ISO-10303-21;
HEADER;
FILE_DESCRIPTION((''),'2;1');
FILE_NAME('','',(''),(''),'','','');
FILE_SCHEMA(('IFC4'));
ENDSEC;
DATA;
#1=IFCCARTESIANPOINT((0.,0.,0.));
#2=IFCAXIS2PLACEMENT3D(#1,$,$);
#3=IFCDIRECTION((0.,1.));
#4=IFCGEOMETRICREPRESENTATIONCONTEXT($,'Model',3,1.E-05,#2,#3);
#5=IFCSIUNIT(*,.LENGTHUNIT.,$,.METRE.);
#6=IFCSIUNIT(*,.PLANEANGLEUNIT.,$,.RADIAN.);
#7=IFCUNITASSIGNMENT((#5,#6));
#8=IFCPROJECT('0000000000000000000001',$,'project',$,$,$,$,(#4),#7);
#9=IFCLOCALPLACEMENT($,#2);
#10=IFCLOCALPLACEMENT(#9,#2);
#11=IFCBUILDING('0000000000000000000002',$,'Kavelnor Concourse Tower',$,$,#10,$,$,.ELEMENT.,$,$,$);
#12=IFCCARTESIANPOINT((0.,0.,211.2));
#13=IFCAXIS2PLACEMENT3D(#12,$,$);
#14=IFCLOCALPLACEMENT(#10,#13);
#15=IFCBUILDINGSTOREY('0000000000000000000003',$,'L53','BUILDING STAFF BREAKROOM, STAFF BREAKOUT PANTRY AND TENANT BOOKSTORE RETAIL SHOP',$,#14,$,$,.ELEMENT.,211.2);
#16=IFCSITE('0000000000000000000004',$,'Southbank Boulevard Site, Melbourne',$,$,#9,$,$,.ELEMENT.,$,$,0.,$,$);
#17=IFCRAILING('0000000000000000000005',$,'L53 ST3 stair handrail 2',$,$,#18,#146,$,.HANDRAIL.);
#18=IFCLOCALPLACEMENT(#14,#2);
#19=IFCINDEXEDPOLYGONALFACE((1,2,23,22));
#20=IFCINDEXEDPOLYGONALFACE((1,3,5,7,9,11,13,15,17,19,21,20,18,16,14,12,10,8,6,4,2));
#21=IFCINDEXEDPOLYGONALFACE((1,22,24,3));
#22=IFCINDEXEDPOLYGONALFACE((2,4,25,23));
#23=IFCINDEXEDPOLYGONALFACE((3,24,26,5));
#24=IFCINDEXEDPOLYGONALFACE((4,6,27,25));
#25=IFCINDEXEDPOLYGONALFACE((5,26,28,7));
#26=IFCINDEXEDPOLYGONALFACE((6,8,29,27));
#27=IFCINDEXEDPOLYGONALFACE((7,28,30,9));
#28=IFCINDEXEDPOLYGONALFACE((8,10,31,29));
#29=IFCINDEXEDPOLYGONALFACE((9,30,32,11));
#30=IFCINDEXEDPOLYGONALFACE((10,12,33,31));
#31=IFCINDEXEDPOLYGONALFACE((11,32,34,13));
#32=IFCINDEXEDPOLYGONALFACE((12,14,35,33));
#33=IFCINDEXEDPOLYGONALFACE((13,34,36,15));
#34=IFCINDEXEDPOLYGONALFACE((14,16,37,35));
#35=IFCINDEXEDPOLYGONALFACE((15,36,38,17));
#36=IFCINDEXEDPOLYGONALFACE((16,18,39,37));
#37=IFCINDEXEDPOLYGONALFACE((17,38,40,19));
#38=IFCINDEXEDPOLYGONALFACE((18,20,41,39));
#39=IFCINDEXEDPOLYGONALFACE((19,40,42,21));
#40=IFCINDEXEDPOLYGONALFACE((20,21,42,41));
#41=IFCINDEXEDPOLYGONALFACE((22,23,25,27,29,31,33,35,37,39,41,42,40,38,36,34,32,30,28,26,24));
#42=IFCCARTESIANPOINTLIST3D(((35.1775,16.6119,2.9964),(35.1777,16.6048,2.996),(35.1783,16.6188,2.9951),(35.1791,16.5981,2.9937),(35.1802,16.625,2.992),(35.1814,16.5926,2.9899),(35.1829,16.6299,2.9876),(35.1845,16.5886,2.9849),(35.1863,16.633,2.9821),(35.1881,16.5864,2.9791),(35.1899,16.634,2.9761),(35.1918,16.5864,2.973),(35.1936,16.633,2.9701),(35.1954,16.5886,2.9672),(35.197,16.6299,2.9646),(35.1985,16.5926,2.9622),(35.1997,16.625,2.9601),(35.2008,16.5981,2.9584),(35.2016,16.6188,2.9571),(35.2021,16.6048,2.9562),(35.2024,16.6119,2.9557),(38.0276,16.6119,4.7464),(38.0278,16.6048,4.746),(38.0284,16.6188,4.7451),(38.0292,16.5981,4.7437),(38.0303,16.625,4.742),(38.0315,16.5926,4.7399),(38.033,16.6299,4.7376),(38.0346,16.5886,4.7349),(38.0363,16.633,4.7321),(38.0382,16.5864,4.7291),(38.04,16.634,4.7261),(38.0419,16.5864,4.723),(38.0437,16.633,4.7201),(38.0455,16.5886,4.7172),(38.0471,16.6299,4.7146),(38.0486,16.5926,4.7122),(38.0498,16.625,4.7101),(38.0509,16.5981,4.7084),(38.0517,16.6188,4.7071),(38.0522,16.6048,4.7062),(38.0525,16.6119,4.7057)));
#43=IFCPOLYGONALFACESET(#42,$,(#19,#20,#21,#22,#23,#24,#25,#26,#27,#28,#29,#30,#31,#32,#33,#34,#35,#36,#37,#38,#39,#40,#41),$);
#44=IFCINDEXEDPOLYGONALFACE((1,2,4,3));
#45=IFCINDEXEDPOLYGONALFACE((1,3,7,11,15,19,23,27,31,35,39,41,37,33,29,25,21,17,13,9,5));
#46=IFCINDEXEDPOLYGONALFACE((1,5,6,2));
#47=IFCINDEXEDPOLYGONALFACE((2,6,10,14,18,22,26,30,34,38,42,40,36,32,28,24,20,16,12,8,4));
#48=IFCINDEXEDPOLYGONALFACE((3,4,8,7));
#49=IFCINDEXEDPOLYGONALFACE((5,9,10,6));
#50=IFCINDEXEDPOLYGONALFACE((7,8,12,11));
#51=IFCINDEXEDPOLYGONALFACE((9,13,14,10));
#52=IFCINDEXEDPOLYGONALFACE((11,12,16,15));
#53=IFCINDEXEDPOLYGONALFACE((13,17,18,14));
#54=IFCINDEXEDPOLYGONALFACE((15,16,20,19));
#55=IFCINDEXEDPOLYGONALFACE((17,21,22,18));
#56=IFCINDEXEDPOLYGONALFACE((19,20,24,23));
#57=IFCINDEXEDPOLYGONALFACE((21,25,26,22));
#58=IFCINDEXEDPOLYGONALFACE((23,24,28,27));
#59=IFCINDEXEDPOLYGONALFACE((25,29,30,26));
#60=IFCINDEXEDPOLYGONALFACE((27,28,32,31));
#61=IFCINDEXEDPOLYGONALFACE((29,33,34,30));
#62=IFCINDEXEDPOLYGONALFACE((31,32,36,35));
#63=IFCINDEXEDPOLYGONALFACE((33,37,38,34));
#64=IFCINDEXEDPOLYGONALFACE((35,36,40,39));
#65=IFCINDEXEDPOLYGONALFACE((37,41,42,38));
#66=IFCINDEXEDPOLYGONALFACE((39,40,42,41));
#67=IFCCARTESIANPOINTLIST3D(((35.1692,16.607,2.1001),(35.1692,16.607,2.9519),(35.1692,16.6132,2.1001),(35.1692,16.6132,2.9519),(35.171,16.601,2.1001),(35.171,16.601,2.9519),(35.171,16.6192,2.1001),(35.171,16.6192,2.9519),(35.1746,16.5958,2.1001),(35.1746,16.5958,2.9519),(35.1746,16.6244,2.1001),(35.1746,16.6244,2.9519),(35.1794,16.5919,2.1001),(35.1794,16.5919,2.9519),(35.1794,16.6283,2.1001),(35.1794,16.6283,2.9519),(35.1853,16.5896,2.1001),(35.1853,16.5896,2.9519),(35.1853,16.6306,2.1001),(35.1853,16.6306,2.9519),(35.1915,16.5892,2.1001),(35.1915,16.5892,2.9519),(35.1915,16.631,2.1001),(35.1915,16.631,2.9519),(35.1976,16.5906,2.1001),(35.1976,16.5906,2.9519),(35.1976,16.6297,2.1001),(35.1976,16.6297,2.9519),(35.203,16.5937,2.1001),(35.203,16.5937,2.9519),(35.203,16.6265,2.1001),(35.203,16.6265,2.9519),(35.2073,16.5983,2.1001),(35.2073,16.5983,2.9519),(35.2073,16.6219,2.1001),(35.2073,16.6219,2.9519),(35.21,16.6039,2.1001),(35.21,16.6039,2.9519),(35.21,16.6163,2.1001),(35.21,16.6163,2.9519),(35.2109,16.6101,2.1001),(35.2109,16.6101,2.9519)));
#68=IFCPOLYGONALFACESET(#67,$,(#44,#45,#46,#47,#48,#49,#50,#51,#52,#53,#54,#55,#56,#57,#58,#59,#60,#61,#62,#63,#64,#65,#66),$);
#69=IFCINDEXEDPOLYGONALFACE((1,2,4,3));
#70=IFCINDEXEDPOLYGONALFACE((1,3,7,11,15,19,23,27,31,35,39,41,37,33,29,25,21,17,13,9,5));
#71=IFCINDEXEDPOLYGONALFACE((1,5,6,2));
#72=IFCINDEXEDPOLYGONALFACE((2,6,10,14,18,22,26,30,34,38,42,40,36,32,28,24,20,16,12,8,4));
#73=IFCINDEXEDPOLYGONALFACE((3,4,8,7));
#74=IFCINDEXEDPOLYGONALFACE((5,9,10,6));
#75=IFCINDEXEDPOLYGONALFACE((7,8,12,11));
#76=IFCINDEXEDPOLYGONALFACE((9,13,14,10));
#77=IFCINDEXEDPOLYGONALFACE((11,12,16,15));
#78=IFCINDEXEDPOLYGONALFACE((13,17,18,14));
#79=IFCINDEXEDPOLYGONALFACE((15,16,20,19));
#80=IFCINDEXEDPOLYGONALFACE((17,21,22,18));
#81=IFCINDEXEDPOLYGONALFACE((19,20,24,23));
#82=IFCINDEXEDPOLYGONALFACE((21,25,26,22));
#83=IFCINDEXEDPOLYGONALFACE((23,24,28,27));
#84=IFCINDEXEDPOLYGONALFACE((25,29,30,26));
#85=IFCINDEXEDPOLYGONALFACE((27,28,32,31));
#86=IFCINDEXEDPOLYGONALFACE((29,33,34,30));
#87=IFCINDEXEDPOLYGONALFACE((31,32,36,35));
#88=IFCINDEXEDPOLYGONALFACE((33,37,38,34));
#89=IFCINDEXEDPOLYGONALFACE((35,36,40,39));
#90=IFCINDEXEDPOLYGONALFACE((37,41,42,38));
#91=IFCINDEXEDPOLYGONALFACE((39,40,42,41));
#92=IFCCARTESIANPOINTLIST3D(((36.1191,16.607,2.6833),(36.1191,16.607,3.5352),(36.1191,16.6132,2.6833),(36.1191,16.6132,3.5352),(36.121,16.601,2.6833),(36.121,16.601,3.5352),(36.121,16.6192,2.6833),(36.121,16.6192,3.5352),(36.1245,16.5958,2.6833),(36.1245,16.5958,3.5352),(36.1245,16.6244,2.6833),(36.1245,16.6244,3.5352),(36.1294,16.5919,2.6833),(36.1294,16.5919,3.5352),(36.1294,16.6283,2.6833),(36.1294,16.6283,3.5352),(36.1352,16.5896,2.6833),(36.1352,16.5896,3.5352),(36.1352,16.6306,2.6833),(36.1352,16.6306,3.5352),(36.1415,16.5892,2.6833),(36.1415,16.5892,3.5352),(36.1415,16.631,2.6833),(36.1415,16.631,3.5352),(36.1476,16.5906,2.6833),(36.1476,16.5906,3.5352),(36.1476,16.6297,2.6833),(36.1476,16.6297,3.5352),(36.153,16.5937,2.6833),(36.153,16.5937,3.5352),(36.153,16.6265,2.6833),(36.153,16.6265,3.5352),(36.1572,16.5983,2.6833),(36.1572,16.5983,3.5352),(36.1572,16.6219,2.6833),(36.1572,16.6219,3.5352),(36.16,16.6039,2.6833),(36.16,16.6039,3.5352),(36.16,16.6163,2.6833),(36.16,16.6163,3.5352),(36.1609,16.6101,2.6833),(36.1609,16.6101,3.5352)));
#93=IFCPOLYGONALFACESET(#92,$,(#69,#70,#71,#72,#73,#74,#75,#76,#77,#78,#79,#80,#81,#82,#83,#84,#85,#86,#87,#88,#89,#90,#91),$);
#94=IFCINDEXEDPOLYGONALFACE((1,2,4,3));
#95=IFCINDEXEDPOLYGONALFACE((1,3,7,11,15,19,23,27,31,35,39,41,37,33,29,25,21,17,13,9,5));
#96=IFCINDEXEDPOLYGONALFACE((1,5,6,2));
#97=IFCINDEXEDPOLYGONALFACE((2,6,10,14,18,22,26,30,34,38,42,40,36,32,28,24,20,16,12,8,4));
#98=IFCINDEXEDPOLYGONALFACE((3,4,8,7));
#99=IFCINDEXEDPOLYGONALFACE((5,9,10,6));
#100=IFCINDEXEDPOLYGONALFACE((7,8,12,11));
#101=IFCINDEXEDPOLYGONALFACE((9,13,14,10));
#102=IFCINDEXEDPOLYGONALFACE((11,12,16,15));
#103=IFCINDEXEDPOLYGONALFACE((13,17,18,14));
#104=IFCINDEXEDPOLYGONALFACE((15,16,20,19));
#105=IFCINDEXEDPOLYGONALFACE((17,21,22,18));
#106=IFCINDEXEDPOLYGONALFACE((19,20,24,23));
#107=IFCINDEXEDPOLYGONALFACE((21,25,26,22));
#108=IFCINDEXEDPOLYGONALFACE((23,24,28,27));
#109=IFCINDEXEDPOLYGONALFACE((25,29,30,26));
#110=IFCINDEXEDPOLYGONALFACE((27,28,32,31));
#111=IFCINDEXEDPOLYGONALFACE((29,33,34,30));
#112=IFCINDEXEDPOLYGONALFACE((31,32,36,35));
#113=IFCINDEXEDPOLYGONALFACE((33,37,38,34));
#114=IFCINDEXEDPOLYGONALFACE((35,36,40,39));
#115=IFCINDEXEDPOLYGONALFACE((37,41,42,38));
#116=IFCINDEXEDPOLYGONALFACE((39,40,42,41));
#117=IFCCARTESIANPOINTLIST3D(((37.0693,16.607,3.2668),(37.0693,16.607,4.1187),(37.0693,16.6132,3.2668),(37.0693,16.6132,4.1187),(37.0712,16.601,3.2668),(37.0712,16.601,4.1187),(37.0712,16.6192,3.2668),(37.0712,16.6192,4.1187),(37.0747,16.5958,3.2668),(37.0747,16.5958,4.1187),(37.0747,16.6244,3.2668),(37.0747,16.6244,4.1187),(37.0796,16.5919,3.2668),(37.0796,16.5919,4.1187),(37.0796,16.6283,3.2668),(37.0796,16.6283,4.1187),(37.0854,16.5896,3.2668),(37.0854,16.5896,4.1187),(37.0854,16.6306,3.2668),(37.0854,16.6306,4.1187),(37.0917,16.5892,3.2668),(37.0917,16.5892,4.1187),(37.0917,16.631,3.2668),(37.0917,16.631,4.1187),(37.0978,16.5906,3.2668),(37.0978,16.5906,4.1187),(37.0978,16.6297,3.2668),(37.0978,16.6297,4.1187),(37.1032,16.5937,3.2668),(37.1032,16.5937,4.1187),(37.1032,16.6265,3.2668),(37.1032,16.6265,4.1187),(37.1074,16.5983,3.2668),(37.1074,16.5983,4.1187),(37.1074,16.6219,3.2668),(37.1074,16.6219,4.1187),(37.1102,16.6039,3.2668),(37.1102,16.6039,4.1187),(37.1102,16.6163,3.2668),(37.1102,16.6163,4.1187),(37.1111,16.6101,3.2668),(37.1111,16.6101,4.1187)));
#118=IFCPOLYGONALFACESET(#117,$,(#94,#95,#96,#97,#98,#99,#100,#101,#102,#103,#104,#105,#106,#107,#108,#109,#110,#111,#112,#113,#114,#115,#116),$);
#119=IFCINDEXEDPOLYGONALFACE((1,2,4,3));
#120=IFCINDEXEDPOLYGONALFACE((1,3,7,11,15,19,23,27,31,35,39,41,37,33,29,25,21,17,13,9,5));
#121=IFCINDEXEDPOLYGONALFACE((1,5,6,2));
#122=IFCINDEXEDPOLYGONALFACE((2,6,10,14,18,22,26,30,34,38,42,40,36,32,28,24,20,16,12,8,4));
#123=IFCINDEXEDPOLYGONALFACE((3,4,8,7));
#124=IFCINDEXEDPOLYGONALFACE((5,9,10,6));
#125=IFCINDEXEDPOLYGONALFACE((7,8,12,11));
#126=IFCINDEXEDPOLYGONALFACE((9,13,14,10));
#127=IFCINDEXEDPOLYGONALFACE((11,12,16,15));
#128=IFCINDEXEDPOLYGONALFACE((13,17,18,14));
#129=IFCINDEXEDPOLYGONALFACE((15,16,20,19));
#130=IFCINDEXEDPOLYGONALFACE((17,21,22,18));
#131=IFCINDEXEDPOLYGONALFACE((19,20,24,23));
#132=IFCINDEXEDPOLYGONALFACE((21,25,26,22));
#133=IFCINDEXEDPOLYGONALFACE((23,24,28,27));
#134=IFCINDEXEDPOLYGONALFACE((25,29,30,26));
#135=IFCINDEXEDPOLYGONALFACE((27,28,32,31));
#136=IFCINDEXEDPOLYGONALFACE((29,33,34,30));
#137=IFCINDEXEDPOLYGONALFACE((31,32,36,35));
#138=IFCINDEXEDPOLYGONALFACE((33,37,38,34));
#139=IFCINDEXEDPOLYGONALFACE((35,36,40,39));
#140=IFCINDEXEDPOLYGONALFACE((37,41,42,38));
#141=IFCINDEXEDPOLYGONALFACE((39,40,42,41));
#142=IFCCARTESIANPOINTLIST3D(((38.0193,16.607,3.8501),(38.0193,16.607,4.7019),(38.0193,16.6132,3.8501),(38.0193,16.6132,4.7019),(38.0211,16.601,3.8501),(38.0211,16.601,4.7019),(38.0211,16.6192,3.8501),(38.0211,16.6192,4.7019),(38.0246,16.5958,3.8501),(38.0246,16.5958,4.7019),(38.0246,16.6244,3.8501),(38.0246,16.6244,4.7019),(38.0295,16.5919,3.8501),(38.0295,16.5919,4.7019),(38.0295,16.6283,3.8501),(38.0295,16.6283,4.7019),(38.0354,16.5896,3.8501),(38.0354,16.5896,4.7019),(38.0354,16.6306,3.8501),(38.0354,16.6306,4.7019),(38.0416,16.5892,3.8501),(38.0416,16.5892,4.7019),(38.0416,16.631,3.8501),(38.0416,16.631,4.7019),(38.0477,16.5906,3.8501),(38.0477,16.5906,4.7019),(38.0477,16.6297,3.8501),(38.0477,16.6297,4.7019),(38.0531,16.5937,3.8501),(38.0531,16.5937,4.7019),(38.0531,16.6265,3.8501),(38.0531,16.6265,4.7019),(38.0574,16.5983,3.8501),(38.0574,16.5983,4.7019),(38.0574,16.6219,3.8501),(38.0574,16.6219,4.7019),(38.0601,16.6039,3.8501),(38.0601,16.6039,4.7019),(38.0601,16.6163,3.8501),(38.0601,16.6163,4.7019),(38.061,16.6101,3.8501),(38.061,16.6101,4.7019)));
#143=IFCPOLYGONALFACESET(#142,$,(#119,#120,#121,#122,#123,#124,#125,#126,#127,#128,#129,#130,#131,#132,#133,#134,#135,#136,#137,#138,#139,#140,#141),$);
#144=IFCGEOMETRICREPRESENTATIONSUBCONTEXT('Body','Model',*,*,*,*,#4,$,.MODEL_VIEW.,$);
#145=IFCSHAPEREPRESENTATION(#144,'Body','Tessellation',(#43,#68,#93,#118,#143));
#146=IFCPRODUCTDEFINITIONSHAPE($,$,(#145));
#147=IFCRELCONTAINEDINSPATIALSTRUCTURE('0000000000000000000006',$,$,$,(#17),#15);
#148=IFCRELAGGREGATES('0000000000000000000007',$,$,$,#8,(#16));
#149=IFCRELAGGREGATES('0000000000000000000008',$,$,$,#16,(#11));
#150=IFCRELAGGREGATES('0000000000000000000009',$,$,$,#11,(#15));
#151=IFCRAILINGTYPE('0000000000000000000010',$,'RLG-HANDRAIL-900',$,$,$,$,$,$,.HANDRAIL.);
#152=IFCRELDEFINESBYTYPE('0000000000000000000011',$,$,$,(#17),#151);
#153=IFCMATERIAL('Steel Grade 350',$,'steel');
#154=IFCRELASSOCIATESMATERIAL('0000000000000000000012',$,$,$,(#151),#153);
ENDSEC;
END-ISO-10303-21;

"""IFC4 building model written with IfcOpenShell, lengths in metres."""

from ifc_helpers import new_model, si_unit, direction, frame, origin, origin_2d, place, context, subcontext, project, spatial, circle, extrude, material, type_object, element, save


model = new_model("IFC4")

# Units and contexts
model_context = context("Model", 3, precision=1e-05, world=origin(), true_north=direction((0.0, 1.0)))
body_context = subcontext(model_context, "Body", "Model", "MODEL_VIEW")
ifc_project = project(units=[si_unit("LENGTHUNIT", "METRE"), si_unit("PLANEANGLEUNIT", "RADIAN")], contexts=[model_context])

# Site, building, storey
site_placement = place(None, origin())
site = spatial("IfcSite", under=ifc_project, at=site_placement, Name="Southbank Boulevard Site, Melbourne", CompositionType="ELEMENT", RefElevation=0.0)
building_placement = place(site_placement, origin())
building = spatial("IfcBuilding", under=site, at=building_placement, Name="Kavelnor Concourse Tower", CompositionType="ELEMENT")
storey_placement = place(building_placement, frame((0.0, 0.0, 211.2)))
storey = spatial("IfcBuildingStorey", under=building, at=storey_placement, Name="L53", Description="BUILDING STAFF BREAKROOM, STAFF BREAKOUT PANTRY AND TENANT BOOKSTORE RETAIL SHOP", CompositionType="ELEMENT", Elevation=211.2)

# Shared definitions
ifc_material_1 = material(Name="Steel Grade 350", Category="steel")

# Railing
railing_type_1 = type_object("IfcRailingType", Name="RLG-HANDRAIL-900", PredefinedType="HANDRAIL", material=ifc_material_1)
railing_1_placement = place(storey_placement, frame((35.1899, 16.6101, 2.1001)))
element("IfcRailing", 1, at=railing_1_placement, inside=storey, type_object=railing_type_1, Name="L53 ST3 stair handrail 2", PredefinedType="HANDRAIL", context=body_context, shape_type="SweptSolid", body=[
    extrude(circle(Radius=0.0239, at=origin_2d()), frame((0.0, 0.0, 0.876), z_axis=(0.852179, 0.0, 0.52325), x_axis=(0.0, 1.0, 0.0)), (0.0, 0.0, 1.0), 3.3445),
    extrude(circle(Radius=0.021, at=origin_2d()), origin(), (0.0, 0.0, 1.0), 0.8518),
    extrude(circle(Radius=0.021, at=origin_2d()), frame((0.95, 0.0, 0.5833)), (0.0, 0.0, 1.0), 0.8518),
    extrude(circle(Radius=0.021, at=origin_2d()), frame((1.9001, 0.0, 1.1667)), (0.0, 0.0, 1.0), 0.8518),
    extrude(circle(Radius=0.021, at=origin_2d()), frame((2.8501, 0.0, 1.75)), (0.0, 0.0, 1.0), 0.8518),
])

save(model, "model.ifc")
